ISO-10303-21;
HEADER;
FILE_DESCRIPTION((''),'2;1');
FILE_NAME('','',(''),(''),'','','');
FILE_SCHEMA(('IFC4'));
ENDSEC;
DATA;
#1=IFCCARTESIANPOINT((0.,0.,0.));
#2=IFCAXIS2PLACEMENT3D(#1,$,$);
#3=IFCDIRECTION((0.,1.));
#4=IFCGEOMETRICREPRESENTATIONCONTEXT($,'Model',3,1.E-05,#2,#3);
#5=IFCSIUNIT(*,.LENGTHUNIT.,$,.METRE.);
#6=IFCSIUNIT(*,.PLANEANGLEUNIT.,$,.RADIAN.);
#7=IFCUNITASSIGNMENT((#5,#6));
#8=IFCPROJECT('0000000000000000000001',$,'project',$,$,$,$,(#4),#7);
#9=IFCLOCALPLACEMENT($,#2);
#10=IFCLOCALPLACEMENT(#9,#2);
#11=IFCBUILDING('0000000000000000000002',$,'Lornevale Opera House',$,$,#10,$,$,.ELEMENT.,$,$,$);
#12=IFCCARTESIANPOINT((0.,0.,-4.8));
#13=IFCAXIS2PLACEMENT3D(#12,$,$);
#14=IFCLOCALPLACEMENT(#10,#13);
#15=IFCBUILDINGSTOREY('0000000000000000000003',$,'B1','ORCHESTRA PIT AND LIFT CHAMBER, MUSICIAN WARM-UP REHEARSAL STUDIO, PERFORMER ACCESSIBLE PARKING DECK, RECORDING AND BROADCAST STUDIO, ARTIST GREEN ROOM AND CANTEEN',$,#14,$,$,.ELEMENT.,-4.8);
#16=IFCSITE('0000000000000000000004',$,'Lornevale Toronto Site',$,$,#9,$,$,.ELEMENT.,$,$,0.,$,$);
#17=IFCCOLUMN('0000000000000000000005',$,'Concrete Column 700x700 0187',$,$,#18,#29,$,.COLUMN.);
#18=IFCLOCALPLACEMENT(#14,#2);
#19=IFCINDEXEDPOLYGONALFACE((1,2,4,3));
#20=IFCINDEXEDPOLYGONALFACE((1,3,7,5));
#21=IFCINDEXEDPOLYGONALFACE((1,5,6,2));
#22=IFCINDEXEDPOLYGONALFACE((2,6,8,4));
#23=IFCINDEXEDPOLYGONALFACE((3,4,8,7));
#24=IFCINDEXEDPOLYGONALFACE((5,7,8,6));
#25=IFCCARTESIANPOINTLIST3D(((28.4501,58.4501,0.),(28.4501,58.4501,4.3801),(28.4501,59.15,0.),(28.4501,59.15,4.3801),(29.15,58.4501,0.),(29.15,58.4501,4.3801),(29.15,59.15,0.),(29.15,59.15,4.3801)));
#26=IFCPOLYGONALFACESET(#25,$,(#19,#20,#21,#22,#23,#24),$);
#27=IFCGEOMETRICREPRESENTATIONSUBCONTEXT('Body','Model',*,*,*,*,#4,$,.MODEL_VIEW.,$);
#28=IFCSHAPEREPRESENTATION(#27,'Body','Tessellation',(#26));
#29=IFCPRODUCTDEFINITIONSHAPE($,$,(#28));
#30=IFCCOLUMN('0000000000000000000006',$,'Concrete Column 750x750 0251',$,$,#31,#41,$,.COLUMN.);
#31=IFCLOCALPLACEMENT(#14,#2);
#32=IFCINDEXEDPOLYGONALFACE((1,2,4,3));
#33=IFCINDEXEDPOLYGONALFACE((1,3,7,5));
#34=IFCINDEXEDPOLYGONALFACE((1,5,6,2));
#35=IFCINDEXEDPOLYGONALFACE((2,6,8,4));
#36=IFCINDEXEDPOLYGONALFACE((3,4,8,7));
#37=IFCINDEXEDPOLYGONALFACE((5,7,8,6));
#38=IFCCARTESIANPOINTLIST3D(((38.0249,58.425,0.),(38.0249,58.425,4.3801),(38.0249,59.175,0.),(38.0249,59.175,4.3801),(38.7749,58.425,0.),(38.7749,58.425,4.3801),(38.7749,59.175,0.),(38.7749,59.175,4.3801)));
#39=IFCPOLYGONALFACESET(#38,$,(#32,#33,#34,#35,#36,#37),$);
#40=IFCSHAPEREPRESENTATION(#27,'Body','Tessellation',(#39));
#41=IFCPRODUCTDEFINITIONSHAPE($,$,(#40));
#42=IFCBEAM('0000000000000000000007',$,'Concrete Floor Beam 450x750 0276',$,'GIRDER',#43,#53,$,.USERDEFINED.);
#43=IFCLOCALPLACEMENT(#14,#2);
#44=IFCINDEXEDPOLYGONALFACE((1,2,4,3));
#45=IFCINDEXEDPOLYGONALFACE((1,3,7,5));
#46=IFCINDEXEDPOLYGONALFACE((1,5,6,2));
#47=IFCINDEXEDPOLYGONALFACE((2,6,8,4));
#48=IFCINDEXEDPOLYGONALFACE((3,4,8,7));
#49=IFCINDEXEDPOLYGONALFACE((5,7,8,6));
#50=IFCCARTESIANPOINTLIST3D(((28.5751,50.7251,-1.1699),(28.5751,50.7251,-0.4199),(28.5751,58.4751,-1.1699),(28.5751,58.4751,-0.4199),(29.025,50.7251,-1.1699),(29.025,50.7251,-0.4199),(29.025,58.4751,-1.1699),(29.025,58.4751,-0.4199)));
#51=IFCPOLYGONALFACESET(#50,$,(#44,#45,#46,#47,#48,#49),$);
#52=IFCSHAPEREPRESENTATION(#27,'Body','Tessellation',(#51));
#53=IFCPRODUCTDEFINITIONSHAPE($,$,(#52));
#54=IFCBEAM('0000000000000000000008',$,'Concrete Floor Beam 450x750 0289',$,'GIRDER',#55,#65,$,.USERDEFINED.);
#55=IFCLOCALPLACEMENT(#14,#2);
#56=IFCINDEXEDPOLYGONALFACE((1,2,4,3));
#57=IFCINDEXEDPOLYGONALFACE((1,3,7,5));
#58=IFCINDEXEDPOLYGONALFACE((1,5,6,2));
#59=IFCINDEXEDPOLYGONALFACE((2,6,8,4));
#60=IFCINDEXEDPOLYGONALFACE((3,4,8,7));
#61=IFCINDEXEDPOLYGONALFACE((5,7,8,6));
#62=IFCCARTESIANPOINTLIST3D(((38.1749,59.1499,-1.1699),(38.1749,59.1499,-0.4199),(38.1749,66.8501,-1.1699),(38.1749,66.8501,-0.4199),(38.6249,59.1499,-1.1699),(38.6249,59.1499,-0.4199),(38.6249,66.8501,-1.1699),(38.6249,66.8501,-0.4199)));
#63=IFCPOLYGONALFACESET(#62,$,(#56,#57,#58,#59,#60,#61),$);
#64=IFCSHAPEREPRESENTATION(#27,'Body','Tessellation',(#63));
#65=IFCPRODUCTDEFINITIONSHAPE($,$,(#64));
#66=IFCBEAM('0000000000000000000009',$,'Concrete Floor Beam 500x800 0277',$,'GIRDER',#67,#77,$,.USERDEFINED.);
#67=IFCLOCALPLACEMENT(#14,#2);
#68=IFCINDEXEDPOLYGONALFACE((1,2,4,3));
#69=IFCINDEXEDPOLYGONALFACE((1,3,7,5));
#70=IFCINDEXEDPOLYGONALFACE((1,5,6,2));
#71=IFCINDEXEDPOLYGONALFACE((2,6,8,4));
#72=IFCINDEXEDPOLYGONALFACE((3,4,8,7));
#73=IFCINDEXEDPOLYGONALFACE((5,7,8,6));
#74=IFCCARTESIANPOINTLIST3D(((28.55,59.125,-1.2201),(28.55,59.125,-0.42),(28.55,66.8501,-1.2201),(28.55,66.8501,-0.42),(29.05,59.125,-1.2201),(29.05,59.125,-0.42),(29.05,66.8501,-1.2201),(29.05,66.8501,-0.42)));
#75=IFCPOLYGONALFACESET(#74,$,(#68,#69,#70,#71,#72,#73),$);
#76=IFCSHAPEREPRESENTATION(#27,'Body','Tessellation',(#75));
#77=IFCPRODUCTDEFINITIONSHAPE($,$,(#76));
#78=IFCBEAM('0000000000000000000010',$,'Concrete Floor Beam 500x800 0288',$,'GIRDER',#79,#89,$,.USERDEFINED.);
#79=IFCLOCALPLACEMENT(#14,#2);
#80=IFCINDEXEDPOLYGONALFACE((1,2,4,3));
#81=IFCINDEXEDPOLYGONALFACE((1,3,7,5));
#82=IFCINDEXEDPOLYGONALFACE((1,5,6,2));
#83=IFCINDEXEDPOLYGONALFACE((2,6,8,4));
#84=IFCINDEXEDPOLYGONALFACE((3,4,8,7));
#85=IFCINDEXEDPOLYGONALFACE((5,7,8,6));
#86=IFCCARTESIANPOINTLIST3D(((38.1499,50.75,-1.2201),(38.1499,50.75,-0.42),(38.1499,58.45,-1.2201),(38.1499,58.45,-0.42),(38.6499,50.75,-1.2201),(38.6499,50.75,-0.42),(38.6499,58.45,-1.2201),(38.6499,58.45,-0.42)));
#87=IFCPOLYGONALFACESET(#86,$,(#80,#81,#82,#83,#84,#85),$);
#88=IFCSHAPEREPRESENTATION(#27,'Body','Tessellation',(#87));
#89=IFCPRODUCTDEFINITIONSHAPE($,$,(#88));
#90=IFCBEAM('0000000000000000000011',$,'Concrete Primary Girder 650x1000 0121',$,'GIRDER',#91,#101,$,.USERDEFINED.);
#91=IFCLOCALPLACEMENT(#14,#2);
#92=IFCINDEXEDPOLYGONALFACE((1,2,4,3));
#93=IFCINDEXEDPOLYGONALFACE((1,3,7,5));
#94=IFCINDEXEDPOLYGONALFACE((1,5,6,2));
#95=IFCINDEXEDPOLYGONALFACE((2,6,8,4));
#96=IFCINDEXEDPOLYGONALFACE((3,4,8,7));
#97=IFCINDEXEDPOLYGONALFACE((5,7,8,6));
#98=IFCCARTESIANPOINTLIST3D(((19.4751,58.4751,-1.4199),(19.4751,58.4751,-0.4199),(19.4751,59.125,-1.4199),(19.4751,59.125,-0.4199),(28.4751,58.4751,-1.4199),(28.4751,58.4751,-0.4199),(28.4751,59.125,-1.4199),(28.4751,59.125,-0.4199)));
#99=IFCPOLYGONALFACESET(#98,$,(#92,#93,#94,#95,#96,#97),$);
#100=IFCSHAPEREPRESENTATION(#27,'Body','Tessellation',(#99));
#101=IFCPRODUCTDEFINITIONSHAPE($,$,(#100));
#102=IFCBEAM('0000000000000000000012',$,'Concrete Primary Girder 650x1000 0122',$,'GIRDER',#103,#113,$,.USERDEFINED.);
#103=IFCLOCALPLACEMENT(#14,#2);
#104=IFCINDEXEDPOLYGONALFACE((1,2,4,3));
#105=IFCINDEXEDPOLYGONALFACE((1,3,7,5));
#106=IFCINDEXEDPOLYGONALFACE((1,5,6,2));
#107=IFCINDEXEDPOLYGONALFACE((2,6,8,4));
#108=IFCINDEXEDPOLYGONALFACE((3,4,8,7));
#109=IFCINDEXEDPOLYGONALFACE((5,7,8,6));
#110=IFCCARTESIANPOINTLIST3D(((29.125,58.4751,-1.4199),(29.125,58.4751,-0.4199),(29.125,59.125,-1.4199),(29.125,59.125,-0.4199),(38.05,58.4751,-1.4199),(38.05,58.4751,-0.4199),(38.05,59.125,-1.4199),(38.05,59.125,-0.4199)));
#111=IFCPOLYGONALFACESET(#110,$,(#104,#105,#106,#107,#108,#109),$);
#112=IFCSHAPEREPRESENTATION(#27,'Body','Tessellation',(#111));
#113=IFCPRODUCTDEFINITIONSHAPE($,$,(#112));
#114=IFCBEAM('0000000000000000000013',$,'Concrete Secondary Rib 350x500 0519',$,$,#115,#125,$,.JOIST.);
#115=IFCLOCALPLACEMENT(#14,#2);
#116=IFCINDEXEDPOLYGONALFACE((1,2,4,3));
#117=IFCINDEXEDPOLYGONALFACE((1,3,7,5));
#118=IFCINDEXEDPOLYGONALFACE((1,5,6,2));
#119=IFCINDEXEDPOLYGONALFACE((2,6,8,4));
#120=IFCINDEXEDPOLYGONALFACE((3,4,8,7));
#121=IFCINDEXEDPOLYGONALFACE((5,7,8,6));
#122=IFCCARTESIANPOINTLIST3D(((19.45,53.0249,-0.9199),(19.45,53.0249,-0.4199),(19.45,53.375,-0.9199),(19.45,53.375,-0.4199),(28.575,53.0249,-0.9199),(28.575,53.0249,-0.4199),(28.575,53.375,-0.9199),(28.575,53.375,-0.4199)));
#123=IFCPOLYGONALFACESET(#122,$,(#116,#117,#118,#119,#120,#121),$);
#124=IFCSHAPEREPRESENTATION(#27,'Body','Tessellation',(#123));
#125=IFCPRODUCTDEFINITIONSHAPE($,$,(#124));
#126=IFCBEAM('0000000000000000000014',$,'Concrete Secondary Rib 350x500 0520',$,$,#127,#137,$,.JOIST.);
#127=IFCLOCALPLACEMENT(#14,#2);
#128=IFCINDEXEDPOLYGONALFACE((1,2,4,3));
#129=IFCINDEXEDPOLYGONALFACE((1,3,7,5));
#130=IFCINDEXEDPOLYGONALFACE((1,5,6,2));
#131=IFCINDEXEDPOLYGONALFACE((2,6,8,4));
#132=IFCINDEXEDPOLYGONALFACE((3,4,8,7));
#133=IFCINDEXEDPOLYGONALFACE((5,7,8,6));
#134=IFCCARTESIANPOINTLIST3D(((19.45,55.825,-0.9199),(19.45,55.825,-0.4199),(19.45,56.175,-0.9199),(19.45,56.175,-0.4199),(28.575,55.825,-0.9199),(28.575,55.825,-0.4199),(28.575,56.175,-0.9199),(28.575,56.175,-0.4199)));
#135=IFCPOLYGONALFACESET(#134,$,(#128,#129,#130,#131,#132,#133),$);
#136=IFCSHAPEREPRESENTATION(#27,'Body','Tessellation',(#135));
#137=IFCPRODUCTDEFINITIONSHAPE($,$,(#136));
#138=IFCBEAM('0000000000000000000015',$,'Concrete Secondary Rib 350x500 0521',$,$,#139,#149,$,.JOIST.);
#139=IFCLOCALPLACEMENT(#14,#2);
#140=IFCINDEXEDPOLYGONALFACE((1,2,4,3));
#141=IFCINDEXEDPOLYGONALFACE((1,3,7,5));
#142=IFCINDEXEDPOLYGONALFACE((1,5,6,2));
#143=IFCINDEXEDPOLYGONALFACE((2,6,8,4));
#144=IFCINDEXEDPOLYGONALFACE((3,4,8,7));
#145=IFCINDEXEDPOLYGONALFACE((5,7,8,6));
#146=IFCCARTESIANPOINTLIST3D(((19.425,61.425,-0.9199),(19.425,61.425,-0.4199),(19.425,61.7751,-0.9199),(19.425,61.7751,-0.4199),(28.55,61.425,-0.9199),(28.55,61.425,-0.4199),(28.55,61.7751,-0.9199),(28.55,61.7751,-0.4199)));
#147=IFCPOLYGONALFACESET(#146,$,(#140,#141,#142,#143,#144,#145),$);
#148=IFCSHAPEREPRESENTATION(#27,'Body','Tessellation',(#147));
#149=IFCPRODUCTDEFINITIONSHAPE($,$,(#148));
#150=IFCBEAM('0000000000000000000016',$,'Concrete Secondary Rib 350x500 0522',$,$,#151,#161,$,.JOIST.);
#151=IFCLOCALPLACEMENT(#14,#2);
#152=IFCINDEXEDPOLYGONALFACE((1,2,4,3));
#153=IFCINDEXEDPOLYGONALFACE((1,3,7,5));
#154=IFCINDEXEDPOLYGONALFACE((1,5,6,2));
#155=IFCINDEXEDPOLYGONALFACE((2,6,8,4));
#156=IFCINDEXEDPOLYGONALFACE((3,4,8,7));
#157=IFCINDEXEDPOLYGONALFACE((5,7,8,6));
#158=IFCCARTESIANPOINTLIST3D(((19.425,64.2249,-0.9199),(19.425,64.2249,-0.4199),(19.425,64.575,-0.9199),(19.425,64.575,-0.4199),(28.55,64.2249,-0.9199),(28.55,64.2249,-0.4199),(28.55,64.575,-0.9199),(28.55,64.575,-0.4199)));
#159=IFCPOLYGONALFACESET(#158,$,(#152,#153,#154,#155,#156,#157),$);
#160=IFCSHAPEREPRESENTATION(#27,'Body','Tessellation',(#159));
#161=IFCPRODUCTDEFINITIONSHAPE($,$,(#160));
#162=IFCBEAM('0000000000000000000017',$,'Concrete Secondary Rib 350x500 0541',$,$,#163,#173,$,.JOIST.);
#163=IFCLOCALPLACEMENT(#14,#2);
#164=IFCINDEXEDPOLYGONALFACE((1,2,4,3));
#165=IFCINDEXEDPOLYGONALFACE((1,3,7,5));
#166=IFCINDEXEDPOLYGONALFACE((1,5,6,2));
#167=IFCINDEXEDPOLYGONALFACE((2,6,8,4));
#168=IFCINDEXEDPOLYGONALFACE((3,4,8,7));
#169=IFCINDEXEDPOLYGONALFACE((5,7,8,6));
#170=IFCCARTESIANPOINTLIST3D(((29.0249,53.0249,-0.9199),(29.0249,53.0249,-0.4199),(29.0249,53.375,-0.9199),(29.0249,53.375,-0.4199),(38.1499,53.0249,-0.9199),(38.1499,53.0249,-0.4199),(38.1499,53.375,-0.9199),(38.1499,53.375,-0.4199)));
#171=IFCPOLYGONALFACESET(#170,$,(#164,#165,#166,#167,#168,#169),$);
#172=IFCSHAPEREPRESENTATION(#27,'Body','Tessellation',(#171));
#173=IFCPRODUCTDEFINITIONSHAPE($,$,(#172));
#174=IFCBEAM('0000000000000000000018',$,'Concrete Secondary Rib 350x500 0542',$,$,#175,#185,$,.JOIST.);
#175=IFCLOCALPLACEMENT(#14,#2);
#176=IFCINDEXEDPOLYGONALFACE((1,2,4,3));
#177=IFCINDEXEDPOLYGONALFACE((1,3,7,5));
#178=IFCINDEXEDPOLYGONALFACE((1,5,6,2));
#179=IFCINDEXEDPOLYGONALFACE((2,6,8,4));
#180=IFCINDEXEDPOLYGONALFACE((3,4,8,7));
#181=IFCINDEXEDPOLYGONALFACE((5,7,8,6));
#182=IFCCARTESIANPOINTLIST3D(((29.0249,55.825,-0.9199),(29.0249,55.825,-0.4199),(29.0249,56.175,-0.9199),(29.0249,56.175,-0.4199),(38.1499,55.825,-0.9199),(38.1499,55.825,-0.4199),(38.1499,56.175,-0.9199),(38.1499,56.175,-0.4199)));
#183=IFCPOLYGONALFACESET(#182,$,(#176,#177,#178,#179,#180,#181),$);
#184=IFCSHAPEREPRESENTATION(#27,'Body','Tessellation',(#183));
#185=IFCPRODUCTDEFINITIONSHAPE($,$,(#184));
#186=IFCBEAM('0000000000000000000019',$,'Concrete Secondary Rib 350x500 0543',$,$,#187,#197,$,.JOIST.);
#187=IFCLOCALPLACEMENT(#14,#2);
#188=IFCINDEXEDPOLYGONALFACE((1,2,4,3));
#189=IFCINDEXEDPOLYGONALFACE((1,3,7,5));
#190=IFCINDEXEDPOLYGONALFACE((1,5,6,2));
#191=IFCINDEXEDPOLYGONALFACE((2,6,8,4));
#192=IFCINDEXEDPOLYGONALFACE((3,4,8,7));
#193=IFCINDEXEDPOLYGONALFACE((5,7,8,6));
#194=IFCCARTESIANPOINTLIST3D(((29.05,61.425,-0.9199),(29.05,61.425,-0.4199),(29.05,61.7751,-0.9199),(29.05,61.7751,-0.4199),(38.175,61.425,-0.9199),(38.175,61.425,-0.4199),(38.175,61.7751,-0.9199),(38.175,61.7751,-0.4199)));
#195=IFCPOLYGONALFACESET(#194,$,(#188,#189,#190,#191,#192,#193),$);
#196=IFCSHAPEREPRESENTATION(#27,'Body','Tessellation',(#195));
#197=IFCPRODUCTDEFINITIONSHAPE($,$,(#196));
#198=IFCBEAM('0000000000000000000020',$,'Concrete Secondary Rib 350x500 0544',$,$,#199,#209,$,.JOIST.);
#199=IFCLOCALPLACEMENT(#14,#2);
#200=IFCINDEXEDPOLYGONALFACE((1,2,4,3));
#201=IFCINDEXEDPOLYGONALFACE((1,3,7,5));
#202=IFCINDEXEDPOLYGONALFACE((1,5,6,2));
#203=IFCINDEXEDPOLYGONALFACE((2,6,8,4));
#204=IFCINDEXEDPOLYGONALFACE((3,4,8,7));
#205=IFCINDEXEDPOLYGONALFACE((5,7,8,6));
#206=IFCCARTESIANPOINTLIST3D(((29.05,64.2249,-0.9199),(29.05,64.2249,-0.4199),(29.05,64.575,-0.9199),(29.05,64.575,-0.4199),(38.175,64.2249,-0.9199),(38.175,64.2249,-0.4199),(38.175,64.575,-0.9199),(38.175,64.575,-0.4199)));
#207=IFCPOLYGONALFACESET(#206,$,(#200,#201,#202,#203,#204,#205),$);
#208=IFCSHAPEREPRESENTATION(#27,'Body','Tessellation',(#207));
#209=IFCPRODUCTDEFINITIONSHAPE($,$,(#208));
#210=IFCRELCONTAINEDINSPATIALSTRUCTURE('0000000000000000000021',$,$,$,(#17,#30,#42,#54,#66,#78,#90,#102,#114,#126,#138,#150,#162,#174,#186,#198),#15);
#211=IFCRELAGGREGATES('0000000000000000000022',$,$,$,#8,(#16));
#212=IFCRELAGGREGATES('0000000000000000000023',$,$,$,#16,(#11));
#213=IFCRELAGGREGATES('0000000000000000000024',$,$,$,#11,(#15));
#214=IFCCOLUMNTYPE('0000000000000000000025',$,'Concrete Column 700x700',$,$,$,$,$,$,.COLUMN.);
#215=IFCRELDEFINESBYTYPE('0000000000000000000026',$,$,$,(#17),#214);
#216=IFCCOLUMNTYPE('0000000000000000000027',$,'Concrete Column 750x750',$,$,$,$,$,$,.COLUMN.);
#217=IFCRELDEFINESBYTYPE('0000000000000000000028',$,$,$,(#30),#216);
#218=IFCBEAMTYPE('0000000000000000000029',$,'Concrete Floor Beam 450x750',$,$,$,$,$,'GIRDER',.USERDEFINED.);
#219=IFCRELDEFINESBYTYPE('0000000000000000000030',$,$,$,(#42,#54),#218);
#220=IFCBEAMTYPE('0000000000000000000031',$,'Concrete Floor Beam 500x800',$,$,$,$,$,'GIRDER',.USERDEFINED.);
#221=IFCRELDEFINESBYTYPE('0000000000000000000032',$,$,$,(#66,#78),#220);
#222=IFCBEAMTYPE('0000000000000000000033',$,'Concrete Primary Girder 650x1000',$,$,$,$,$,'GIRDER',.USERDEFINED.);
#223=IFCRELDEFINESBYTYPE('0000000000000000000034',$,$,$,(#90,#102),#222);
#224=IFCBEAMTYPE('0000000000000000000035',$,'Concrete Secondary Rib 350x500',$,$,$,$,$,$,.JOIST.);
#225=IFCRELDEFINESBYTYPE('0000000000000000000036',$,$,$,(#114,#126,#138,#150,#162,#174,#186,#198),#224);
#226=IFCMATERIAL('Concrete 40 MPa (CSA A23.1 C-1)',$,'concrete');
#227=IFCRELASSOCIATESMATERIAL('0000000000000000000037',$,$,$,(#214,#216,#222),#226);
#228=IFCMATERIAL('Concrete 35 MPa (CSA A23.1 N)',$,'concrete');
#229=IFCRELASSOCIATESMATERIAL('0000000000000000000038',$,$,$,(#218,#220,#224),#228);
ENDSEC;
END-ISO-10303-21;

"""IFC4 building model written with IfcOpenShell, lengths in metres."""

from ifc_helpers import new_model, si_unit, direction, frame, origin, origin_2d, place, context, subcontext, project, spatial, rectangle, extrude, material, material_profile, profile_set, type_object, element, save


model = new_model("IFC4")

# Units and contexts
model_context = context("Model", 3, precision=1e-05, world=origin(), true_north=direction((0.0, 1.0)))
body_context = subcontext(model_context, "Body", "Model", "MODEL_VIEW")
ifc_project = project(units=[si_unit("LENGTHUNIT", "METRE"), si_unit("PLANEANGLEUNIT", "RADIAN")], contexts=[model_context])

# Site, building, storey
site_placement = place(None, origin())
site = spatial("IfcSite", under=ifc_project, at=site_placement, Name="Lornevale Toronto Site", CompositionType="ELEMENT", RefElevation=0.0)
building_placement = place(site_placement, origin())
building = spatial("IfcBuilding", under=site, at=building_placement, Name="Lornevale Opera House", CompositionType="ELEMENT")
storey_placement = place(building_placement, frame((0.0, 0.0, -4.8)))
storey = spatial("IfcBuildingStorey", under=building, at=storey_placement, Name="B1", Description="ORCHESTRA PIT AND LIFT CHAMBER, MUSICIAN WARM-UP REHEARSAL STUDIO, PERFORMER ACCESSIBLE PARKING DECK, RECORDING AND BROADCAST STUDIO, ARTIST GREEN ROOM AND CANTEEN", CompositionType="ELEMENT", Elevation=-4.8)

# Columns
ifc_material_1 = material(Name="Concrete 40 MPa (CSA A23.1 C-1)", Category="concrete")
ifc_material_profile_1 = material_profile(ifc_material_1, rectangle(XDim=0.7, YDim=0.7, at=origin_2d()), Name="RC700x700")
ifc_profile_set_1 = profile_set([ifc_material_profile_1], Name="Concrete 40 MPa (CSA A23.1 C-1)")
column_type_1 = type_object("IfcColumnType", Name="Concrete Column 700x700", PredefinedType="COLUMN", material=ifc_profile_set_1)
column_1_placement = place(storey_placement, frame((28.8, 58.8, 0.0), z_axis=(0.0, 0.0, 1.0), x_axis=(1.0, 0.0, 0.0)))
element("IfcColumn", 1, at=column_1_placement, inside=storey, type_object=column_type_1, Name="Concrete Column 700x700 0187", PredefinedType="COLUMN", context=body_context, shape_type="SweptSolid", body=[
    extrude(rectangle(XDim=0.7, YDim=0.7, at=origin_2d()), origin(), (0.0, 0.0, 1.0), 4.3801),
])
ifc_material_profile_2 = material_profile(ifc_material_1, rectangle(XDim=0.75, YDim=0.75, at=origin_2d()), Name="RC750x750")
ifc_profile_set_2 = profile_set([ifc_material_profile_2], Name="Concrete 40 MPa (CSA A23.1 C-1)")
column_type_2 = type_object("IfcColumnType", Name="Concrete Column 750x750", PredefinedType="COLUMN", material=ifc_profile_set_2)
column_2_placement = place(storey_placement, frame((38.3999, 58.8, 0.0), z_axis=(0.0, 0.0, 1.0), x_axis=(1.0, 0.0, 0.0)))
element("IfcColumn", 2, at=column_2_placement, inside=storey, type_object=column_type_2, Name="Concrete Column 750x750 0251", PredefinedType="COLUMN", context=body_context, shape_type="SweptSolid", body=[
    extrude(rectangle(XDim=0.75, YDim=0.75, at=origin_2d()), origin(), (0.0, 0.0, 1.0), 4.3801),
])

# Beams
ifc_material_2 = material(Name="Concrete 35 MPa (CSA A23.1 N)", Category="concrete")
ifc_material_profile_3 = material_profile(ifc_material_2, rectangle(XDim=0.45, YDim=0.75, at=origin_2d()), Name="RC450x750")
ifc_profile_set_3 = profile_set([ifc_material_profile_3], Name="Concrete 35 MPa (CSA A23.1 N)")
beam_type_1 = type_object("IfcBeamType", Name="Concrete Floor Beam 450x750", ElementType="GIRDER", PredefinedType="USERDEFINED", material=ifc_profile_set_3)
beam_1_placement = place(storey_placement, frame((28.8, 50.7251, -0.7949), z_axis=(0.0, 1.0, 0.0), x_axis=(-1.0, 0.0, 0.0)))
element("IfcBeam", 3, at=beam_1_placement, inside=storey, type_object=beam_type_1, Name="Concrete Floor Beam 450x750 0276", ObjectType="GIRDER", PredefinedType="USERDEFINED", context=body_context, shape_type="SweptSolid", body=[
    extrude(rectangle(XDim=0.45, YDim=0.75, at=origin_2d()), origin(), (0.0, 0.0, 1.0), 7.75),
])
beam_2_placement = place(storey_placement, frame((38.3999, 59.1499, -0.7949), z_axis=(0.0, 1.0, 0.0), x_axis=(-1.0, 0.0, 0.0)))
element("IfcBeam", 4, at=beam_2_placement, inside=storey, type_object=beam_type_1, Name="Concrete Floor Beam 450x750 0289", ObjectType="GIRDER", PredefinedType="USERDEFINED", context=body_context, shape_type="SweptSolid", body=[
    extrude(rectangle(XDim=0.45, YDim=0.75, at=origin_2d()), origin(), (0.0, 0.0, 1.0), 7.7002),
])
ifc_material_profile_4 = material_profile(ifc_material_2, rectangle(XDim=0.5, YDim=0.8, at=origin_2d()), Name="RC500x800")
ifc_profile_set_4 = profile_set([ifc_material_profile_4], Name="Concrete 35 MPa (CSA A23.1 N)")
beam_type_2 = type_object("IfcBeamType", Name="Concrete Floor Beam 500x800", ElementType="GIRDER", PredefinedType="USERDEFINED", material=ifc_profile_set_4)
beam_3_placement = place(storey_placement, frame((28.8, 59.125, -0.8201), z_axis=(0.0, 1.0, 0.0), x_axis=(-1.0, 0.0, 0.0)))
element("IfcBeam", 5, at=beam_3_placement, inside=storey, type_object=beam_type_2, Name="Concrete Floor Beam 500x800 0277", ObjectType="GIRDER", PredefinedType="USERDEFINED", context=body_context, shape_type="SweptSolid", body=[
    extrude(rectangle(XDim=0.5, YDim=0.8, at=origin_2d()), origin(), (0.0, 0.0, 1.0), 7.7251),
])
beam_4_placement = place(storey_placement, frame((38.3999, 50.75, -0.8201), z_axis=(0.0, 1.0, 0.0), x_axis=(-1.0, 0.0, 0.0)))
element("IfcBeam", 6, at=beam_4_placement, inside=storey, type_object=beam_type_2, Name="Concrete Floor Beam 500x800 0288", ObjectType="GIRDER", PredefinedType="USERDEFINED", context=body_context, shape_type="SweptSolid", body=[
    extrude(rectangle(XDim=0.5, YDim=0.8, at=origin_2d()), origin(), (0.0, 0.0, 1.0), 7.7),
])
ifc_material_profile_5 = material_profile(ifc_material_1, rectangle(XDim=0.6499, YDim=1.0, at=origin_2d()), Name="RC650x1000")
ifc_profile_set_5 = profile_set([ifc_material_profile_5], Name="Concrete 40 MPa (CSA A23.1 C-1)")
beam_type_3 = type_object("IfcBeamType", Name="Concrete Primary Girder 650x1000", ElementType="GIRDER", PredefinedType="USERDEFINED", material=ifc_profile_set_5)
beam_5_placement = place(storey_placement, frame((19.4751, 58.8, -0.9199), z_axis=(1.0, 0.0, 0.0), x_axis=(0.0, 1.0, 0.0)))
element("IfcBeam", 7, at=beam_5_placement, inside=storey, type_object=beam_type_3, Name="Concrete Primary Girder 650x1000 0121", ObjectType="GIRDER", PredefinedType="USERDEFINED", context=body_context, shape_type="SweptSolid", body=[
    extrude(rectangle(XDim=0.6499, YDim=1.0, at=origin_2d()), origin(), (0.0, 0.0, 1.0), 9.0),
])
beam_6_placement = place(storey_placement, frame((29.125, 58.8, -0.9199), z_axis=(1.0, 0.0, 0.0), x_axis=(0.0, 1.0, 0.0)))
element("IfcBeam", 8, at=beam_6_placement, inside=storey, type_object=beam_type_3, Name="Concrete Primary Girder 650x1000 0122", ObjectType="GIRDER", PredefinedType="USERDEFINED", context=body_context, shape_type="SweptSolid", body=[
    extrude(rectangle(XDim=0.6499, YDim=1.0, at=origin_2d()), origin(), (0.0, 0.0, 1.0), 8.925),
])
ifc_material_profile_6 = material_profile(ifc_material_2, rectangle(XDim=0.3501, YDim=0.5, at=origin_2d()), Name="RC350x500")
ifc_profile_set_6 = profile_set([ifc_material_profile_6], Name="Concrete 35 MPa (CSA A23.1 N)")
beam_type_4 = type_object("IfcBeamType", Name="Concrete Secondary Rib 350x500", PredefinedType="JOIST", material=ifc_profile_set_6)
for number, where, z_axis, x_axis, name in (
    (9, (19.45, 53.2, -0.6699), (1.0, 0.0, 0.0), (0.0, 1.0, 0.0), "Concrete Secondary Rib 350x500 0519"),
    (10, (19.45, 56.0, -0.6699), (1.0, 0.0, 0.0), (0.0, 1.0, 0.0), "Concrete Secondary Rib 350x500 0520"),
    (11, (19.425, 61.6001, -0.6699), (1.0, 0.0, 0.0), (0.0, 1.0, 0.0), "Concrete Secondary Rib 350x500 0521"),
    (12, (19.425, 64.3999, -0.6699), (1.0, 0.0, 0.0), (0.0, 1.0, 0.0), "Concrete Secondary Rib 350x500 0522"),
    (13, (29.0249, 53.2, -0.6699), (1.0, 0.0, 0.0), (0.0, 1.0, 0.0), "Concrete Secondary Rib 350x500 0541"),
    (14, (29.0249, 56.0, -0.6699), (1.0, 0.0, 0.0), (0.0, 1.0, 0.0), "Concrete Secondary Rib 350x500 0542"),
    (15, (29.05, 61.6001, -0.6699), (1.0, 0.0, 0.0), (0.0, 1.0, 0.0), "Concrete Secondary Rib 350x500 0543"),
    (16, (29.05, 64.3999, -0.6699), (1.0, 0.0, 0.0), (0.0, 1.0, 0.0), "Concrete Secondary Rib 350x500 0544"),
):
    element("IfcBeam", number, at=place(storey_placement, frame(where, z_axis=z_axis, x_axis=x_axis)), inside=storey, type_object=beam_type_4, Name=name, PredefinedType="JOIST", context=body_context, shape_type="SweptSolid", body=[
        extrude(rectangle(XDim=0.3501, YDim=0.5, at=origin_2d()), origin(), (0.0, 0.0, 1.0), 9.125),
    ])

save(model, "model.ifc")
